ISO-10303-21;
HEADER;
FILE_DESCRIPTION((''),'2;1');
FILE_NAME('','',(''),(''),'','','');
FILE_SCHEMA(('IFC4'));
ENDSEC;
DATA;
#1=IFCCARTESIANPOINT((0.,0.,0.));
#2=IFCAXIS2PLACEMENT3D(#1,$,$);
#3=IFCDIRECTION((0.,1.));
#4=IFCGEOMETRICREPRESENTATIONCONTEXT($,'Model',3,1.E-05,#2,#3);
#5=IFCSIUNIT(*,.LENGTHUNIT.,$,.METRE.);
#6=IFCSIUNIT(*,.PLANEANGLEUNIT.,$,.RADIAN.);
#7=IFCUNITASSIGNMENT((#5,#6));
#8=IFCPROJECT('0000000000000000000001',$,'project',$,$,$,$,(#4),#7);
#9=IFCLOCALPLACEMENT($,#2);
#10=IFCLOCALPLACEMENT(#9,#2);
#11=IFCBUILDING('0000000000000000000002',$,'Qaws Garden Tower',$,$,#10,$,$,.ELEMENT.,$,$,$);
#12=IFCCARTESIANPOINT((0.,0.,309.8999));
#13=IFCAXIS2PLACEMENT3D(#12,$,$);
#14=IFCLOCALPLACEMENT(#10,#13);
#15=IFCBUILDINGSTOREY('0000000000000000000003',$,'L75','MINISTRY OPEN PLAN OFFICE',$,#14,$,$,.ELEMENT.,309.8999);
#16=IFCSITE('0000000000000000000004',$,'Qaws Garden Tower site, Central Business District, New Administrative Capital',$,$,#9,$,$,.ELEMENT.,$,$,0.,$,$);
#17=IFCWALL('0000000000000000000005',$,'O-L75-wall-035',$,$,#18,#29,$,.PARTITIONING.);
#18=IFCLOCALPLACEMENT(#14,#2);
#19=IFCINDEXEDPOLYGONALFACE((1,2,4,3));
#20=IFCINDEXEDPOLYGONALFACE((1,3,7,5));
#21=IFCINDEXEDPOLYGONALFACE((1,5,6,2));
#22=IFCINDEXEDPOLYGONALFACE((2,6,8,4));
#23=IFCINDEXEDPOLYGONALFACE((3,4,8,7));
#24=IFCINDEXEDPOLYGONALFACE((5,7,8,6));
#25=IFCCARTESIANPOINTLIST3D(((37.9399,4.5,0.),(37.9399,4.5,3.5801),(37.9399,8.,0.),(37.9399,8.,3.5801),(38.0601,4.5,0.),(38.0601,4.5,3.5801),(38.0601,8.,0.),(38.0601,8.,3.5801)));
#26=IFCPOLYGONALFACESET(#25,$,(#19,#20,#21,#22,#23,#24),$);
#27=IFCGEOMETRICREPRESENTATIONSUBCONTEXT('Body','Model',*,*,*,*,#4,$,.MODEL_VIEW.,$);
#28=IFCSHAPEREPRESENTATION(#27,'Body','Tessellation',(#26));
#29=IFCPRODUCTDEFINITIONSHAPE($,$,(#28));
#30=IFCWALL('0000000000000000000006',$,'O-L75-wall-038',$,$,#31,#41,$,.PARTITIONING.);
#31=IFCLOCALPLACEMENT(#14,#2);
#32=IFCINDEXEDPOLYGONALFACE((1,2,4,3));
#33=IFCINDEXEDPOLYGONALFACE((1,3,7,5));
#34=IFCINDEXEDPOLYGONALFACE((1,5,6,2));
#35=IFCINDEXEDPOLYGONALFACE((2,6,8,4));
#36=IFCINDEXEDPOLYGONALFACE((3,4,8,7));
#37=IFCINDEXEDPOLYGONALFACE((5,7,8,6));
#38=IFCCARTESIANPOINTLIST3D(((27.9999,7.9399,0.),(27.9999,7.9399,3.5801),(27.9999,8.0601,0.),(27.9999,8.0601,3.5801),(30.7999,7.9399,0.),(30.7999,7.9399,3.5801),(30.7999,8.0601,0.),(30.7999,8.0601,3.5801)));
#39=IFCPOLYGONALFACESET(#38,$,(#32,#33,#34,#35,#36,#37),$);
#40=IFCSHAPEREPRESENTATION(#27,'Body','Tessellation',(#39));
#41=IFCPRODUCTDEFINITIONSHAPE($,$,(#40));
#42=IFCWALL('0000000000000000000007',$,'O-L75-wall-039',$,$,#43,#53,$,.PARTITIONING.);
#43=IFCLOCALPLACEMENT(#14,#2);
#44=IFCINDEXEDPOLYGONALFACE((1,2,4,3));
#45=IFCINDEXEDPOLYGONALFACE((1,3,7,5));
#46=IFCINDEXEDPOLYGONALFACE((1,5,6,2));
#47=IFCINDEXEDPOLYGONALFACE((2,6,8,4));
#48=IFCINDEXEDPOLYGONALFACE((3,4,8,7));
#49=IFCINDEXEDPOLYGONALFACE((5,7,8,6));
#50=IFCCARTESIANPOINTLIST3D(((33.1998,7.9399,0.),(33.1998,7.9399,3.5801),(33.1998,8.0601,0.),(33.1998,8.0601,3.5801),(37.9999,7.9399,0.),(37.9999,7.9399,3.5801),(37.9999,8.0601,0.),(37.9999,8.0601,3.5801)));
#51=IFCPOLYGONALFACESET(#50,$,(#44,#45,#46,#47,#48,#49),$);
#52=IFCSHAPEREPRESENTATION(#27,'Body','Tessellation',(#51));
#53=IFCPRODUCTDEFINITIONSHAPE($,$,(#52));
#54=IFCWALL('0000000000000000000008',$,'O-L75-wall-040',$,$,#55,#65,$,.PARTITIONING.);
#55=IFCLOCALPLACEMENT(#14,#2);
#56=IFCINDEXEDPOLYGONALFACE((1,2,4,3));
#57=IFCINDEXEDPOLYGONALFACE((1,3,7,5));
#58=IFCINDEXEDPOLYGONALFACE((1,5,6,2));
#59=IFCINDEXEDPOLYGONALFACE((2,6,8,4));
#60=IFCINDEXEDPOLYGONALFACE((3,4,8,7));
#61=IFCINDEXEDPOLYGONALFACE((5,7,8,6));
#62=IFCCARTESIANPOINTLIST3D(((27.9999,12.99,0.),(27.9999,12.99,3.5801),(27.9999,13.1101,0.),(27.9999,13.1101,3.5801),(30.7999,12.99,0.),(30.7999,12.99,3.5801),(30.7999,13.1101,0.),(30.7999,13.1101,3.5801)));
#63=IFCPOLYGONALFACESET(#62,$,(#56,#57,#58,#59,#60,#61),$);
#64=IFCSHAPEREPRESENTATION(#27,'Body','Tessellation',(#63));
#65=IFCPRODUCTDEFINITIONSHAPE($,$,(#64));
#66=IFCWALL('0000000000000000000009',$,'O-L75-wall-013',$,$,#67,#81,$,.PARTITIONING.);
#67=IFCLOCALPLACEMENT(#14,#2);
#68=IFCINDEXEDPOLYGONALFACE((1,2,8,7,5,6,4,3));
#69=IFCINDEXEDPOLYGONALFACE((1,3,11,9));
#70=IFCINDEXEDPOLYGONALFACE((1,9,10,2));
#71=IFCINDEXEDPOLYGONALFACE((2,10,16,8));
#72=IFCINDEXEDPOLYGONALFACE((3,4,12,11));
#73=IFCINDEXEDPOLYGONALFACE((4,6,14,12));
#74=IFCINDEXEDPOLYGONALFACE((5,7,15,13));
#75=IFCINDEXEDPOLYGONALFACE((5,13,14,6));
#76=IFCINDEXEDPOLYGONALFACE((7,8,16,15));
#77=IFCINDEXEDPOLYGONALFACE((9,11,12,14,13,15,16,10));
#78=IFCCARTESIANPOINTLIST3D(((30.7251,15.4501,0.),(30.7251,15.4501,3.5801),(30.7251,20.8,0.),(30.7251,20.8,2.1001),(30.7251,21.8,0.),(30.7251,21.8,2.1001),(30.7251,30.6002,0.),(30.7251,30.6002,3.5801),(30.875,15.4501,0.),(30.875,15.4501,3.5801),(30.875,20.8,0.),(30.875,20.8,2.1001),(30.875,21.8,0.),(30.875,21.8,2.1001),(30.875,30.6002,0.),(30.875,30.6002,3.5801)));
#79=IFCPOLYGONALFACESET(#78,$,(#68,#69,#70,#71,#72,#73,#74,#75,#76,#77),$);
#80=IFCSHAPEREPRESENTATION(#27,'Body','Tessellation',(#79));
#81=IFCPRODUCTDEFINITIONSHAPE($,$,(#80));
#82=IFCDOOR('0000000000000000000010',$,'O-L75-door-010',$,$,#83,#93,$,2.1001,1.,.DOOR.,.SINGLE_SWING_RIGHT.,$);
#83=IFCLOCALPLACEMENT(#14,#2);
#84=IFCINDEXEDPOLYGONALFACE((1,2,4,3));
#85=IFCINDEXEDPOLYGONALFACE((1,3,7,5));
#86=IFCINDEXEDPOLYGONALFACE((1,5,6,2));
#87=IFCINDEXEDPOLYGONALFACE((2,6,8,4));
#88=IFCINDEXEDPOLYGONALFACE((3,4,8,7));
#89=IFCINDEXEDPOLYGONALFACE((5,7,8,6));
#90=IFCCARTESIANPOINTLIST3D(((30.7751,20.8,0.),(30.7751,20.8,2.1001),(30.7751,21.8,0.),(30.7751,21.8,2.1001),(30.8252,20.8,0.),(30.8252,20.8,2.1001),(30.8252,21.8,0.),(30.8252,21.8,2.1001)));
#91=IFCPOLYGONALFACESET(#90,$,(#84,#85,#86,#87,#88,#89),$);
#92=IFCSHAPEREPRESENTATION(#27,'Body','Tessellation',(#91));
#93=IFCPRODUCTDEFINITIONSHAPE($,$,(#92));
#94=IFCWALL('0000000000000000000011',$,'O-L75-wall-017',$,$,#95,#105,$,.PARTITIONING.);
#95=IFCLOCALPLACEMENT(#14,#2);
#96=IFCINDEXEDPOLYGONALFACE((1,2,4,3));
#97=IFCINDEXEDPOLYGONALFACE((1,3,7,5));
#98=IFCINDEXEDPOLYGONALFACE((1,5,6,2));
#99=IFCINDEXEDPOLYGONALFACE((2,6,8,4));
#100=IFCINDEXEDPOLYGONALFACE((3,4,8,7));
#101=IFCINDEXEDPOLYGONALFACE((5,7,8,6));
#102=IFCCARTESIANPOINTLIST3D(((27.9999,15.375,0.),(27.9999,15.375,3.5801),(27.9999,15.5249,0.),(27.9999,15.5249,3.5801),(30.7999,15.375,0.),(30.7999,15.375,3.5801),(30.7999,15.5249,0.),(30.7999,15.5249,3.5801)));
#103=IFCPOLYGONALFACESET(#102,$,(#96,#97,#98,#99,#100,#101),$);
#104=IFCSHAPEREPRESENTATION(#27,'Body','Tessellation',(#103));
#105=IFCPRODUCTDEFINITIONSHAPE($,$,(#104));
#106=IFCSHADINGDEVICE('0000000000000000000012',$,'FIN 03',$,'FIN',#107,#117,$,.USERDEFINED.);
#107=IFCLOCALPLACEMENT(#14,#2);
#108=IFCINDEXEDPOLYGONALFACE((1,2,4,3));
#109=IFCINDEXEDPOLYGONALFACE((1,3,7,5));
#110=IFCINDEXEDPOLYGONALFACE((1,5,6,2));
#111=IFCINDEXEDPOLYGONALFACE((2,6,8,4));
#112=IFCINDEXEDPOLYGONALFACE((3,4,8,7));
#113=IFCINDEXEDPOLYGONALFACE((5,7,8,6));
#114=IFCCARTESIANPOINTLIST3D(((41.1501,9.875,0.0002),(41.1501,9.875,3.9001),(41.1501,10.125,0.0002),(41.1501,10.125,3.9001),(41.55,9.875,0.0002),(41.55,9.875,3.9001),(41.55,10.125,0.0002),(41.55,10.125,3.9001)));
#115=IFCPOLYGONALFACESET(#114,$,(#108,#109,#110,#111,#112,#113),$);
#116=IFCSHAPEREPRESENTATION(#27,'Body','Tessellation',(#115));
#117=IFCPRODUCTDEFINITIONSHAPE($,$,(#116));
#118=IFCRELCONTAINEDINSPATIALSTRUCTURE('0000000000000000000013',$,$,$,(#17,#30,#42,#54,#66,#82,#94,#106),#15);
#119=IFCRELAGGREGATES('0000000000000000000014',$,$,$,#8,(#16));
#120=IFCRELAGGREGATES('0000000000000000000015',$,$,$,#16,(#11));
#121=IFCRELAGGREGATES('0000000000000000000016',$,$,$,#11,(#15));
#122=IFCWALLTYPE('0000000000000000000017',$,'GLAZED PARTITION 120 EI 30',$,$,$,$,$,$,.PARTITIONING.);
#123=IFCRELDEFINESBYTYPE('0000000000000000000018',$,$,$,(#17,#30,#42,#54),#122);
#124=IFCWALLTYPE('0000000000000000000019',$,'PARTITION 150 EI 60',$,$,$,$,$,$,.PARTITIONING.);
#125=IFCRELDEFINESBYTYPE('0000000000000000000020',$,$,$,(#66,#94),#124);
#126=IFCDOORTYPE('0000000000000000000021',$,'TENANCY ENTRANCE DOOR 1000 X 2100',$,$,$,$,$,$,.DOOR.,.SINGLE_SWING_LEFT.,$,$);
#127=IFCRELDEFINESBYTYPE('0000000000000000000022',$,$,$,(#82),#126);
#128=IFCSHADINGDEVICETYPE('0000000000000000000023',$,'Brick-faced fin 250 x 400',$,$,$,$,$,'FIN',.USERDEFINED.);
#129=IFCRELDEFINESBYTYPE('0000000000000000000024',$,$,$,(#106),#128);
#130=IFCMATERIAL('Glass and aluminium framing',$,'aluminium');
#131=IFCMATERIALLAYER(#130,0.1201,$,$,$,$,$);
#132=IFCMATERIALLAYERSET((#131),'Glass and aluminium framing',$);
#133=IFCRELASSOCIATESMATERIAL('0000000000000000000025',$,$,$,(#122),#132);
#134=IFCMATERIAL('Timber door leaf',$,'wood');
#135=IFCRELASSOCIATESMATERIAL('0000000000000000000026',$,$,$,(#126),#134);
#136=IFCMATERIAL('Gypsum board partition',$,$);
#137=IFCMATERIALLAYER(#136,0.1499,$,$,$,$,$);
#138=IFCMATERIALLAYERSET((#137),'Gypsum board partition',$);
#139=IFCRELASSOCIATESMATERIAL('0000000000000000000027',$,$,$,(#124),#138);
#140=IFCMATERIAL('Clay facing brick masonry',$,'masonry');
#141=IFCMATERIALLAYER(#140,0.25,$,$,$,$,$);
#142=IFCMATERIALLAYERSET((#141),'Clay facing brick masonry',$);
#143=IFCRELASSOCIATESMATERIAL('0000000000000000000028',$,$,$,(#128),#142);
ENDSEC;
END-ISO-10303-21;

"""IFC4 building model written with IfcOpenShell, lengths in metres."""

from ifc_helpers import new_model, si_unit, direction, frame, frame_2d, origin, origin_2d, place, context, subcontext, project, spatial, rectangle, extrude, material, layer, layer_set, type_object, element, fill, save


model = new_model("IFC4")

# Units and contexts
model_context = context("Model", 3, precision=1e-05, world=origin(), true_north=direction((0.0, 1.0)))
body_context = subcontext(model_context, "Body", "Model", "MODEL_VIEW")
ifc_project = project(units=[si_unit("LENGTHUNIT", "METRE"), si_unit("PLANEANGLEUNIT", "RADIAN")], contexts=[model_context])

# Site, building, storey
site_placement = place(None, origin())
site = spatial("IfcSite", under=ifc_project, at=site_placement, Name="Qaws Garden Tower site, Central Business District, New Administrative Capital", CompositionType="ELEMENT", RefElevation=0.0)
building_placement = place(site_placement, origin())
building = spatial("IfcBuilding", under=site, at=building_placement, Name="Qaws Garden Tower", CompositionType="ELEMENT")
storey_placement = place(building_placement, frame((0.0, 0.0, 309.8999)))
storey = spatial("IfcBuildingStorey", under=building, at=storey_placement, Name="L75", Description="MINISTRY OPEN PLAN OFFICE", CompositionType="ELEMENT", Elevation=309.8999)

# Shared definitions
ifc_material_1 = material(Name="Glass and aluminium framing", Category="aluminium")
ifc_layer_1 = layer(ifc_material_1, 0.1201)
ifc_layer_set_1 = layer_set([ifc_layer_1], Name="Glass and aluminium framing")
wall_type_1 = type_object("IfcWallType", Name="GLAZED PARTITION 120 EI 30", PredefinedType="PARTITIONING", material=ifc_layer_set_1)
ifc_material_2 = material(Name="Timber door leaf", Category="wood")
door_type_1 = type_object("IfcDoorType", Name="TENANCY ENTRANCE DOOR 1000 X 2100", OperationType="SINGLE_SWING_LEFT", PredefinedType="DOOR", material=ifc_material_2)

# Walls
wall_1_placement = place(storey_placement, frame((38.0, 4.5, 0.0), z_axis=(0.0, 0.0, 1.0), x_axis=(0.0, 1.0, 0.0)))
element("IfcWall", 1, at=wall_1_placement, inside=storey, type_object=wall_type_1, Name="O-L75-wall-035", PredefinedType="PARTITIONING", context=body_context, shape_type="SweptSolid", body=[
    extrude(rectangle(XDim=3.5, YDim=0.1201, at=frame_2d((1.75, 0.0))), origin(), (0.0, 0.0, 1.0), 3.5801),
])
wall_2_placement = place(storey_placement, frame((28.0, 8.0, 0.0), z_axis=(0.0, 0.0, 1.0), x_axis=(1.0, 0.0, 0.0)))
element("IfcWall", 2, at=wall_2_placement, inside=storey, type_object=wall_type_1, Name="O-L75-wall-038", PredefinedType="PARTITIONING", context=body_context, shape_type="SweptSolid", body=[
    extrude(rectangle(XDim=2.8, YDim=0.1201, at=frame_2d((1.3999, 0.0))), origin(), (0.0, 0.0, 1.0), 3.5801),
])
wall_3_placement = place(storey_placement, frame((33.2, 8.0, 0.0), z_axis=(0.0, 0.0, 1.0), x_axis=(1.0, 0.0, 0.0)))
element("IfcWall", 3, at=wall_3_placement, inside=storey, type_object=wall_type_1, Name="O-L75-wall-039", PredefinedType="PARTITIONING", context=body_context, shape_type="SweptSolid", body=[
    extrude(rectangle(XDim=4.8, YDim=0.1201, at=frame_2d((2.3999, 0.0))), origin(), (0.0, 0.0, 1.0), 3.5801),
])
wall_4_placement = place(storey_placement, frame((28.0, 13.05, 0.0), z_axis=(0.0, 0.0, 1.0), x_axis=(1.0, 0.0, 0.0)))
element("IfcWall", 4, at=wall_4_placement, inside=storey, type_object=wall_type_1, Name="O-L75-wall-040", PredefinedType="PARTITIONING", context=body_context, shape_type="SweptSolid", body=[
    extrude(rectangle(XDim=2.8, YDim=0.1201, at=frame_2d((1.3999, 0.0))), origin(), (0.0, 0.0, 1.0), 3.5801),
])

# Wall, opening, door
ifc_material_3 = material(Name="Gypsum board partition")
ifc_layer_2 = layer(ifc_material_3, 0.1499)
ifc_layer_set_2 = layer_set([ifc_layer_2], Name="Gypsum board partition")
wall_type_2 = type_object("IfcWallType", Name="PARTITION 150 EI 60", PredefinedType="PARTITIONING", material=ifc_layer_set_2)
wall_5_placement = place(storey_placement, frame((30.8, 15.45, 0.0), z_axis=(0.0, 0.0, 1.0), x_axis=(0.0, 1.0, 0.0)))
wall_5 = element("IfcWall", 5, at=wall_5_placement, inside=storey, type_object=wall_type_2, Name="O-L75-wall-013", PredefinedType="PARTITIONING", context=body_context, shape_type="SweptSolid", body=[
    extrude(rectangle(XDim=15.1501, YDim=0.1499, at=frame_2d((7.5752, 0.0))), origin(), (0.0, 0.0, 1.0), 3.5801),
])
opening_1_placement = place(wall_5_placement, frame((5.3501, 0.0, 0.0)))
opening_1 = element("IfcOpeningElement", 6, at=opening_1_placement, cuts=wall_5, PredefinedType="OPENING", context=body_context, shape_type="SweptSolid", body=[
    extrude(rectangle(XDim=1.0, YDim=2.1001, at=frame_2d((0.5, 1.05))), frame((0.0, 0.085, 0.0), z_axis=(0.0, -1.0, 0.0), x_axis=(1.0, 0.0, 0.0)), (0.0, 0.0, 1.0), 0.1699),
])
door_1_placement = place(opening_1_placement, origin())
door_1 = element("IfcDoor", 7, at=door_1_placement, inside=storey, type_object=door_type_1, Name="O-L75-door-010", OperationType="SINGLE_SWING_RIGHT", OverallHeight=2.1001, OverallWidth=1.0, PredefinedType="DOOR", context=body_context, shape_type="SweptSolid", body=[
    extrude(rectangle(XDim=1.0, YDim=2.1001, at=frame_2d((0.5, 1.05))), frame((0.0, 0.0249, 0.0), z_axis=(0.0, -1.0, 0.0), x_axis=(1.0, 0.0, 0.0)), (0.0, 0.0, 1.0), 0.05),
])
fill(opening_1, door_1)

# Wall
wall_6_placement = place(storey_placement, frame((28.0, 15.45, 0.0), z_axis=(0.0, 0.0, 1.0), x_axis=(1.0, 0.0, 0.0)))
element("IfcWall", 8, at=wall_6_placement, inside=storey, type_object=wall_type_2, Name="O-L75-wall-017", PredefinedType="PARTITIONING", context=body_context, shape_type="SweptSolid", body=[
    extrude(rectangle(XDim=2.8, YDim=0.1499, at=frame_2d((1.3999, 0.0))), origin(), (0.0, 0.0, 1.0), 3.5801),
])

# Shading device
ifc_material_4 = material(Name="Clay facing brick masonry", Category="masonry")
ifc_layer_3 = layer(ifc_material_4, 0.25)
ifc_layer_set_3 = layer_set([ifc_layer_3], Name="Clay facing brick masonry")
shading_device_type = type_object("IfcShadingDeviceType", Name="Brick-faced fin 250 x 400", ElementType="FIN", PredefinedType="USERDEFINED", material=ifc_layer_set_3)
shading_device_placement = place(storey_placement, frame((41.3501, 10.0, 0.0002), z_axis=(0.0, 0.0, 1.0), x_axis=(0.0, 1.0, 0.0)))
element("IfcShadingDevice", 9, at=shading_device_placement, inside=storey, type_object=shading_device_type, Name="FIN 03", ObjectType="FIN", PredefinedType="USERDEFINED", context=body_context, shape_type="SweptSolid", body=[
    extrude(rectangle(XDim=0.25, YDim=0.3999, at=origin_2d()), origin(), (0.0, 0.0, 1.0), 3.8999),
])

save(model, "model.ifc")
